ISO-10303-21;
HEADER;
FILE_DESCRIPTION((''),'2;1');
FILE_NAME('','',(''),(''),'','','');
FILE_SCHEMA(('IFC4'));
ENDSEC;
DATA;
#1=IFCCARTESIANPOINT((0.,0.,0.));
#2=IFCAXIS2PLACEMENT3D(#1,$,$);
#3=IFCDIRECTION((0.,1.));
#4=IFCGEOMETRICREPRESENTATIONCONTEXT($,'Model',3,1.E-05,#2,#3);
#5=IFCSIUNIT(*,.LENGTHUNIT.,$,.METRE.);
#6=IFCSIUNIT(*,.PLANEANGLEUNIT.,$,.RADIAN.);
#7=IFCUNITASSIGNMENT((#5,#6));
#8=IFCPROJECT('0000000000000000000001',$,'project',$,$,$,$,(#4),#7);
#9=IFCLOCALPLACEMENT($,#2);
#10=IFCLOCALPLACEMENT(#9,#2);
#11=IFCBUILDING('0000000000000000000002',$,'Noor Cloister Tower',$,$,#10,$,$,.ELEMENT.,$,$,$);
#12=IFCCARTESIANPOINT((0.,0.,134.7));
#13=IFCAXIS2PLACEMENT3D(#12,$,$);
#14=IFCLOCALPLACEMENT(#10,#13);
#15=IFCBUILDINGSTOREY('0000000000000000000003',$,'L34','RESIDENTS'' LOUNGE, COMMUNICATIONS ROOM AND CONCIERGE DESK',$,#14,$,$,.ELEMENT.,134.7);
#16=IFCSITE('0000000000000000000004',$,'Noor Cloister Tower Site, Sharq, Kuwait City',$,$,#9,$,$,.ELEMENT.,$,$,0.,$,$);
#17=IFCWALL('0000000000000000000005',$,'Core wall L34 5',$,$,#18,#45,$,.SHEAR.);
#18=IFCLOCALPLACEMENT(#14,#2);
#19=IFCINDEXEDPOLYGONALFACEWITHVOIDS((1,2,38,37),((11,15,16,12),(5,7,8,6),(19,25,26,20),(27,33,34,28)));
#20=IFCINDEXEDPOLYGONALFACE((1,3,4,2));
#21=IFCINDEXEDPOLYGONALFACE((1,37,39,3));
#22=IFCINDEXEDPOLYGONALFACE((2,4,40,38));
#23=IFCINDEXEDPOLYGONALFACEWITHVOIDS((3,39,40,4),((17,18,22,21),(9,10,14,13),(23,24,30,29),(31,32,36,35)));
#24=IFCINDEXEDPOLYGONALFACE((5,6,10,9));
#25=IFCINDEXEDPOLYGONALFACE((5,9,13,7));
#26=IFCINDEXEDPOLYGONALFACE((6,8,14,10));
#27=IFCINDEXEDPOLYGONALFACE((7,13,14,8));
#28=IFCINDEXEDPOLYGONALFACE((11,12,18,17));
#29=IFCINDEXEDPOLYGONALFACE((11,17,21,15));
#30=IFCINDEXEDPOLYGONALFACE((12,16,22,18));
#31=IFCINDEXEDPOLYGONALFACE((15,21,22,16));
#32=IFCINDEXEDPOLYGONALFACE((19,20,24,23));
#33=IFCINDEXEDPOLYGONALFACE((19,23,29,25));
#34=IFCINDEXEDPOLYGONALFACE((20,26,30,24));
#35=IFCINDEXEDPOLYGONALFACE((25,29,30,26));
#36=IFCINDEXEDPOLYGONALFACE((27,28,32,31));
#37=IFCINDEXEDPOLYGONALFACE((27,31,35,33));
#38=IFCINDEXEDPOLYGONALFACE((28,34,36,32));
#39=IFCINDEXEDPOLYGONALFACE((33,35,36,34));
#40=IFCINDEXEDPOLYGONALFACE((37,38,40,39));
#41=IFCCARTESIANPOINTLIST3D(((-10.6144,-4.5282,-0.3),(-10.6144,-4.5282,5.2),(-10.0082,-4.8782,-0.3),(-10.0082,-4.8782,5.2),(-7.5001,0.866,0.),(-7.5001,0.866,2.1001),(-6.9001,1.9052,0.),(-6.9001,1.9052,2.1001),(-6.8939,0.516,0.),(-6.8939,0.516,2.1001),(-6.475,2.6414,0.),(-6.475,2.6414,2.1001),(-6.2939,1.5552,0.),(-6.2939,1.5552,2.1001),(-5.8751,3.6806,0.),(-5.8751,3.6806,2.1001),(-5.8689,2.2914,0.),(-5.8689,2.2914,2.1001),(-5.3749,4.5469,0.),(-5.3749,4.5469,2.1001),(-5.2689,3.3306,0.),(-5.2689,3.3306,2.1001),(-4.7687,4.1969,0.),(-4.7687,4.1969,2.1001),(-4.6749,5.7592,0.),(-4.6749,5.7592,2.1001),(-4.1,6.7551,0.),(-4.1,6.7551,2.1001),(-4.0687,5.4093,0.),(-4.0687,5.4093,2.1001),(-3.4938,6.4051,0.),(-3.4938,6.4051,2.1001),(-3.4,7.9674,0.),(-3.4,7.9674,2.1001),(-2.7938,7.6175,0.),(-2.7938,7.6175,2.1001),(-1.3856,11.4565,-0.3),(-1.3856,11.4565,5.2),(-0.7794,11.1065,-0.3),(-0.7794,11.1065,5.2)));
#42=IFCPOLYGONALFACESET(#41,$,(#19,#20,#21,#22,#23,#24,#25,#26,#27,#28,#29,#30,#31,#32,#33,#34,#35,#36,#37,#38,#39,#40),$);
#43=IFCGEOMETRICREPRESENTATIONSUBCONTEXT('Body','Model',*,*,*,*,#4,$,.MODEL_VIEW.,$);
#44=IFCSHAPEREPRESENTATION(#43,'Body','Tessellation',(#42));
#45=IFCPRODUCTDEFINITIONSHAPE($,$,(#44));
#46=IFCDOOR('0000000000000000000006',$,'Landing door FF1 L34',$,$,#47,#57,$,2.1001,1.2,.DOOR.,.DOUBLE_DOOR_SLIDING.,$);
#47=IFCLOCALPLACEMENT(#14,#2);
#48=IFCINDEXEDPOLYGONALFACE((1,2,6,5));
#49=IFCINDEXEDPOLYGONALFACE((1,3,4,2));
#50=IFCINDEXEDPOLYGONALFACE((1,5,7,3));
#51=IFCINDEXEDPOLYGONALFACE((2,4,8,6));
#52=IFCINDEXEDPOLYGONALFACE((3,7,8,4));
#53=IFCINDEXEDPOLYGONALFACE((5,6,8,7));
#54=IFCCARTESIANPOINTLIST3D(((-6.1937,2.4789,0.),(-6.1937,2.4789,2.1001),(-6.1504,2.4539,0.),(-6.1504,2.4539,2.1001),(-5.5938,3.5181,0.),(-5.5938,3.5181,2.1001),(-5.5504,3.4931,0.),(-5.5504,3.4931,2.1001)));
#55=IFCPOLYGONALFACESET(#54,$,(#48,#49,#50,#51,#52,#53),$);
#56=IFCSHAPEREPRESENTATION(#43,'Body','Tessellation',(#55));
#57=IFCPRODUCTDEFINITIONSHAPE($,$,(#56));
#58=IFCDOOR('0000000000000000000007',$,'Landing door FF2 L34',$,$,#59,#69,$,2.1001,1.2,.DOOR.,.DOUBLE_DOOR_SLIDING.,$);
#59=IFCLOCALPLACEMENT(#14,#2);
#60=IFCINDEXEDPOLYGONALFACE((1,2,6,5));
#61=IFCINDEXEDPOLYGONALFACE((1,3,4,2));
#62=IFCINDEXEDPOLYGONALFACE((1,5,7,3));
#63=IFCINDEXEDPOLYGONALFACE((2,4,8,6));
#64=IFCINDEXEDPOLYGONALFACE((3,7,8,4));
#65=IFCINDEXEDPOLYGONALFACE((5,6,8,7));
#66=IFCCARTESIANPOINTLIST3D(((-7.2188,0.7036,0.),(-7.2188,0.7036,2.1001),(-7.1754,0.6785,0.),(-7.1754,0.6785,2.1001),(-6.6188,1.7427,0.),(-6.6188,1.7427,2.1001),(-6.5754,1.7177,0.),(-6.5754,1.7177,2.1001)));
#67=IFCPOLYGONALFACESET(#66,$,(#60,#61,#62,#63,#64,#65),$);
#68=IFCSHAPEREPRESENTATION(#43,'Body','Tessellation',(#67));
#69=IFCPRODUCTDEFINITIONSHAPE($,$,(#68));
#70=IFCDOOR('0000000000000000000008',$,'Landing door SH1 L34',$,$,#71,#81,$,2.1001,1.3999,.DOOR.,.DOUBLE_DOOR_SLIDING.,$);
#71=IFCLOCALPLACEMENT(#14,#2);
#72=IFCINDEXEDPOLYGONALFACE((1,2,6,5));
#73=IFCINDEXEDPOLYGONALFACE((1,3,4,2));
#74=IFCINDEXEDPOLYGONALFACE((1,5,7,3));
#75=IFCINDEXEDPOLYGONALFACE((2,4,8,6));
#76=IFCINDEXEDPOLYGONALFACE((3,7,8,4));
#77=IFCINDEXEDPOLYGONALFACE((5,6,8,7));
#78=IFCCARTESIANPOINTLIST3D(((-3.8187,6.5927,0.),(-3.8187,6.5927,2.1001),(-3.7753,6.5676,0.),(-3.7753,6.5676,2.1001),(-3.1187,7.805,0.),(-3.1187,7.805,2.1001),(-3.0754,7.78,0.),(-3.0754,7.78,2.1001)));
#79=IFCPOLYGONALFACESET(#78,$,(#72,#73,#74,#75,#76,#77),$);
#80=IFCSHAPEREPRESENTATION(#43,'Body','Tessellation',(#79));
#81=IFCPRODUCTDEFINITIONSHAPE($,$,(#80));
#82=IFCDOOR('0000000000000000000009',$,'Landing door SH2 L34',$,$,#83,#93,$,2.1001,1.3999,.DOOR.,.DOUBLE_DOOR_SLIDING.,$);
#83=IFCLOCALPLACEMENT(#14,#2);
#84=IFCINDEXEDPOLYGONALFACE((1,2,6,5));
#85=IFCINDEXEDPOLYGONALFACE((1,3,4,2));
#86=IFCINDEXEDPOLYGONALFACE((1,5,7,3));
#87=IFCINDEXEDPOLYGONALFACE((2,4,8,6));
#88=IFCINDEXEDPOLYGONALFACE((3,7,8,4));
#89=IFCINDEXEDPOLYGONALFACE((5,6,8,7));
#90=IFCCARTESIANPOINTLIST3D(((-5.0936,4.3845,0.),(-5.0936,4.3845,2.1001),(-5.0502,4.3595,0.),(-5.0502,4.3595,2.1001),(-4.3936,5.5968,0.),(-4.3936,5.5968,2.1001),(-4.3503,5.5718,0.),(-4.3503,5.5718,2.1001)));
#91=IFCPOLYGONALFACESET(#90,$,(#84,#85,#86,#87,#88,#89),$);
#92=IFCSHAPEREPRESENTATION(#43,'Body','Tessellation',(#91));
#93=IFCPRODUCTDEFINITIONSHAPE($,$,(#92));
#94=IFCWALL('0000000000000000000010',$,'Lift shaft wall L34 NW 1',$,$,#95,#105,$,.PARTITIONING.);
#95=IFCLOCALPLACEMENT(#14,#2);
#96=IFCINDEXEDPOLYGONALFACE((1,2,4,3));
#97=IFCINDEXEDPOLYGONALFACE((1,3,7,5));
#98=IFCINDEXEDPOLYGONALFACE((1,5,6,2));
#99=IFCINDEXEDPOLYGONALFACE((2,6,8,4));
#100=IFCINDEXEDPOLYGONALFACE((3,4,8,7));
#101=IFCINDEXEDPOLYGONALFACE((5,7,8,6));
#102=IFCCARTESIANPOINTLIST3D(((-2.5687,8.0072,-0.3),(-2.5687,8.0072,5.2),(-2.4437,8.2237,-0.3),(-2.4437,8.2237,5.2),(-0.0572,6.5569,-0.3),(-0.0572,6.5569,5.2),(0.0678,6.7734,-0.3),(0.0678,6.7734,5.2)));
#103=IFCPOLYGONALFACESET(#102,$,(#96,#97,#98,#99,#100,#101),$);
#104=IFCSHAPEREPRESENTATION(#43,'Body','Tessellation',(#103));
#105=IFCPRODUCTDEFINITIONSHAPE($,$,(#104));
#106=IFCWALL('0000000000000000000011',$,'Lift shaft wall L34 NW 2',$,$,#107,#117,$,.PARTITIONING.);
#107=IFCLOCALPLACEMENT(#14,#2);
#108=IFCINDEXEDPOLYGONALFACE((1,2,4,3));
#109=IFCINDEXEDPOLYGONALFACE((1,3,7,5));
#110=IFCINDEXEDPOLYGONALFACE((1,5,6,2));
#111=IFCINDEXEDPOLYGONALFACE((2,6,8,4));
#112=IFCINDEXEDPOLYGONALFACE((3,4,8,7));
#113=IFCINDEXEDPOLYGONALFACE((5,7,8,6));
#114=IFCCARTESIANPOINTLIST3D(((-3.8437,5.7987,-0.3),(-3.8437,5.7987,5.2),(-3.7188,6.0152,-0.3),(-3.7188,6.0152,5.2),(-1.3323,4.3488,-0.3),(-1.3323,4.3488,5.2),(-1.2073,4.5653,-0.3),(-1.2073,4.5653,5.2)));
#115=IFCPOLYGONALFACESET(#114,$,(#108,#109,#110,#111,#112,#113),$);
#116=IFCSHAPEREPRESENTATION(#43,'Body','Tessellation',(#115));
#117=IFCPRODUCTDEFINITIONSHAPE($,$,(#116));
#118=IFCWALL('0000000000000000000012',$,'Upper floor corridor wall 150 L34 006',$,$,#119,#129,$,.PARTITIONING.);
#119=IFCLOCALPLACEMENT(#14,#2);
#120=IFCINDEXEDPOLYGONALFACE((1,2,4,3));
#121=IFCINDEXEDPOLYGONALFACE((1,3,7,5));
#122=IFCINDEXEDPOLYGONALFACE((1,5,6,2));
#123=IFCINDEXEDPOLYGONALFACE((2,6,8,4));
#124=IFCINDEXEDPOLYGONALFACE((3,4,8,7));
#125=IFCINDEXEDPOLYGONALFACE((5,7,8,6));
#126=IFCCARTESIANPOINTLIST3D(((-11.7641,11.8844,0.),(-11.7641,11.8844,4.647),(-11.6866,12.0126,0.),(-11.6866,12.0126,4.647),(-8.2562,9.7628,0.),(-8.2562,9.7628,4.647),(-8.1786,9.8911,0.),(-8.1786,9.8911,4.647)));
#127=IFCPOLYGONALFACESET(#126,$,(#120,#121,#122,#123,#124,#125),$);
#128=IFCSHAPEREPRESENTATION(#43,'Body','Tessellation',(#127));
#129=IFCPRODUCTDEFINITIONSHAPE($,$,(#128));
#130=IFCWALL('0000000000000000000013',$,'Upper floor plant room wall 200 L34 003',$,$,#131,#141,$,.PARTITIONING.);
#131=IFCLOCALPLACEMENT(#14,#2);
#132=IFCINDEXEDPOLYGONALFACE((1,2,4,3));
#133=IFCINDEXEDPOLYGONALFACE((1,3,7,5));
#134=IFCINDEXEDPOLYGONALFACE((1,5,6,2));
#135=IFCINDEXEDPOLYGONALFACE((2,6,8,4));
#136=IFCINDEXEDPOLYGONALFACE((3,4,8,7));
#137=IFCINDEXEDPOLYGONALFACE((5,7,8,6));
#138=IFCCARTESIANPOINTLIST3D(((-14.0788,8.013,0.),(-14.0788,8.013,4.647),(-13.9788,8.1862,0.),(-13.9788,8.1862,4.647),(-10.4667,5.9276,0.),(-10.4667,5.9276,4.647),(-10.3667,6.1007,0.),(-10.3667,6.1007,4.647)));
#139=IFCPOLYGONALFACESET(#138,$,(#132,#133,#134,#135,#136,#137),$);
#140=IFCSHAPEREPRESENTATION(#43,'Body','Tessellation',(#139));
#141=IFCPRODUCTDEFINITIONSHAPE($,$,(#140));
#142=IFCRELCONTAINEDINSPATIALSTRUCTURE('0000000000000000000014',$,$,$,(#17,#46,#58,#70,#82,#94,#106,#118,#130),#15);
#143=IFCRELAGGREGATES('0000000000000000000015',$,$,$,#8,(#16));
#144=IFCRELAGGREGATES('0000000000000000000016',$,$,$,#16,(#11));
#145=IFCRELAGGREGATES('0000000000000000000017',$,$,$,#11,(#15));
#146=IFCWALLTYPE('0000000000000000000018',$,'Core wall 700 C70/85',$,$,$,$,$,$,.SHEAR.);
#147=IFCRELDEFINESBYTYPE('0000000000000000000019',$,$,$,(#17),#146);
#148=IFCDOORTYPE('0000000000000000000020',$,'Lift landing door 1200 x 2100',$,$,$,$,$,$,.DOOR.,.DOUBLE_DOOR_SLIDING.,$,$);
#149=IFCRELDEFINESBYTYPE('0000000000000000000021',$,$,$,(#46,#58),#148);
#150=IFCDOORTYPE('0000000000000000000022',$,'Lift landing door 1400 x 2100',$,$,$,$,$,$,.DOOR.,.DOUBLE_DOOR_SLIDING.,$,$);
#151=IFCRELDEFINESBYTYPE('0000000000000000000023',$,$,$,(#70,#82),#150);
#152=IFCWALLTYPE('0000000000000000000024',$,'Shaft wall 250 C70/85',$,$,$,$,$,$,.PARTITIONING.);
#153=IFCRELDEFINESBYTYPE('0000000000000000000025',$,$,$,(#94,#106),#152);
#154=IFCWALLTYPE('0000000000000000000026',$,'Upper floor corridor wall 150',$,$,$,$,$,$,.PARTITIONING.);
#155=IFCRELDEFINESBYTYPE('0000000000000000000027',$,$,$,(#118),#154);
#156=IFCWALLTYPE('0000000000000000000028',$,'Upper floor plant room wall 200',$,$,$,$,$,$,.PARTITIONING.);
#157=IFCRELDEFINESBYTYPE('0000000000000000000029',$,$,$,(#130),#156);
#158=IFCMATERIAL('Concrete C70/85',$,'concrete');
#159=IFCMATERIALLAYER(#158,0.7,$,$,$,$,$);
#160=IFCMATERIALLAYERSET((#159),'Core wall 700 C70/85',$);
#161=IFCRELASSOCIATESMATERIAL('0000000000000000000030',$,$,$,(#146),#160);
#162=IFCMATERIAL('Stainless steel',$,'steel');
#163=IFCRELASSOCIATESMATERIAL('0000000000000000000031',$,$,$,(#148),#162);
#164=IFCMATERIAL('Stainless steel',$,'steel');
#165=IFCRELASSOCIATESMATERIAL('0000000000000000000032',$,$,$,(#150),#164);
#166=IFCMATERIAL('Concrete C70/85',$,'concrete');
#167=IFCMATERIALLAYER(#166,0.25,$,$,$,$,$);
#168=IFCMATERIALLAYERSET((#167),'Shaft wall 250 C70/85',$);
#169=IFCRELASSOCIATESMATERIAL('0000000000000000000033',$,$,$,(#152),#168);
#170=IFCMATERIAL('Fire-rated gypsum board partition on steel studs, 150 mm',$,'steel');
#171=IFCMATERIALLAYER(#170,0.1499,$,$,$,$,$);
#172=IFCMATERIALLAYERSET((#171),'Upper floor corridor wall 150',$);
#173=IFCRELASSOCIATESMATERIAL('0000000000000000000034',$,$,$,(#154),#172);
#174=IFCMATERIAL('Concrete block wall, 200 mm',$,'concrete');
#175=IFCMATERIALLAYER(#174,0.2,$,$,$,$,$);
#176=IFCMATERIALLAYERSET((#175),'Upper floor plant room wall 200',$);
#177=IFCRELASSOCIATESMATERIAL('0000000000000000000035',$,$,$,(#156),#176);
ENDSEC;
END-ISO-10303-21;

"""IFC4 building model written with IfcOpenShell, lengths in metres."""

from ifc_helpers import new_model, si_unit, direction, frame, frame_2d, origin, place, context, subcontext, project, spatial, rectangle, extrude, material, layer, layer_set, type_object, element, fill, save


model = new_model("IFC4")

# Units and contexts
model_context = context("Model", 3, precision=1e-05, world=origin(), true_north=direction((0.0, 1.0)))
body_context = subcontext(model_context, "Body", "Model", "MODEL_VIEW")
ifc_project = project(units=[si_unit("LENGTHUNIT", "METRE"), si_unit("PLANEANGLEUNIT", "RADIAN")], contexts=[model_context])

# Site, building, storey
site_placement = place(None, origin())
site = spatial("IfcSite", under=ifc_project, at=site_placement, Name="Noor Cloister Tower Site, Sharq, Kuwait City", CompositionType="ELEMENT", RefElevation=0.0)
building_placement = place(site_placement, origin())
building = spatial("IfcBuilding", under=site, at=building_placement, Name="Noor Cloister Tower", CompositionType="ELEMENT")
storey_placement = place(building_placement, frame((0.0, 0.0, 134.7)))
storey = spatial("IfcBuildingStorey", under=building, at=storey_placement, Name="L34", Description="RESIDENTS' LOUNGE, COMMUNICATIONS ROOM AND CONCIERGE DESK", CompositionType="ELEMENT", Elevation=134.7)

# Wall, openings, doors
ifc_material_1 = material(Name="Concrete C70/85", Category="concrete")
ifc_layer_1 = layer(ifc_material_1, 0.7)
ifc_layer_set_1 = layer_set([ifc_layer_1], Name="Core wall 700 C70/85")
wall_type_1 = type_object("IfcWallType", Name="Core wall 700 C70/85", PredefinedType="SHEAR", material=ifc_layer_set_1)
wall_1_placement = place(storey_placement, frame((-1.0825, 11.2815, -0.3), z_axis=(0.0, 0.0, 1.0), x_axis=(-0.500001, -0.866025, 0.0)))
wall_1 = element("IfcWall", 1, at=wall_1_placement, inside=storey, type_object=wall_type_1, Name="Core wall L34 5", PredefinedType="SHEAR", context=body_context, shape_type="SweptSolid", body=[
    extrude(rectangle(XDim=18.4575, YDim=0.7, at=frame_2d((9.2288, 0.0))), origin(), (0.0, 0.0, 1.0), 5.5),
])
opening_1_placement = place(wall_1_placement, frame((4.0288, 0.0, 0.3)))
opening_1 = element("IfcOpeningElement", 2, at=opening_1_placement, cuts=wall_1, PredefinedType="OPENING", context=body_context, shape_type="SweptSolid", body=[
    extrude(rectangle(XDim=1.3999, YDim=2.1001, at=frame_2d((0.7, 1.05))), frame((0.0, 0.3599, 0.0), z_axis=(0.0, -1.0, 0.0), x_axis=(1.0, 0.0, 0.0)), (0.0, 0.0, 1.0), 0.72),
])
opening_2_placement = place(wall_1_placement, frame((6.5786, 0.0, 0.3)))
opening_2 = element("IfcOpeningElement", 3, at=opening_2_placement, cuts=wall_1, PredefinedType="OPENING", context=body_context, shape_type="SweptSolid", body=[
    extrude(rectangle(XDim=1.3999, YDim=2.1001, at=frame_2d((0.7, 1.05))), frame((0.0, 0.3599, 0.0), z_axis=(0.0, -1.0, 0.0), x_axis=(1.0, 0.0, 0.0)), (0.0, 0.0, 1.0), 0.72),
])
opening_3_placement = place(wall_1_placement, frame((8.9788, 0.0, 0.3)))
opening_3 = element("IfcOpeningElement", 4, at=opening_3_placement, cuts=wall_1, PredefinedType="OPENING", context=body_context, shape_type="SweptSolid", body=[
    extrude(rectangle(XDim=1.2, YDim=2.1001, at=frame_2d((0.6001, 1.05))), frame((0.0, 0.3599, 0.0), z_axis=(0.0, -1.0, 0.0), x_axis=(1.0, 0.0, 0.0)), (0.0, 0.0, 1.0), 0.72),
])
opening_4_placement = place(wall_1_placement, frame((11.0288, 0.0, 0.3)))
opening_4 = element("IfcOpeningElement", 5, at=opening_4_placement, cuts=wall_1, PredefinedType="OPENING", context=body_context, shape_type="SweptSolid", body=[
    extrude(rectangle(XDim=1.2, YDim=2.1001, at=frame_2d((0.6001, 1.05))), frame((0.0, 0.3599, 0.0), z_axis=(0.0, -1.0, 0.0), x_axis=(1.0, 0.0, 0.0)), (0.0, 0.0, 1.0), 0.72),
])
ifc_material_2 = material(Name="Stainless steel", Category="steel")
door_type_1 = type_object("IfcDoorType", Name="Lift landing door 1200 x 2100", OperationType="DOUBLE_DOOR_SLIDING", PredefinedType="DOOR", material=ifc_material_2)
door_1_placement = place(opening_3_placement, origin())
door_1 = element("IfcDoor", 6, at=door_1_placement, inside=storey, type_object=door_type_1, Name="Landing door FF1 L34", OperationType="DOUBLE_DOOR_SLIDING", OverallHeight=2.1001, OverallWidth=1.2, PredefinedType="DOOR", context=body_context, shape_type="SweptSolid", body=[
    extrude(rectangle(XDim=1.2, YDim=2.1001, at=frame_2d((0.6001, 1.05))), frame((0.0, 0.0249, 0.0), z_axis=(0.0, -1.0, 0.0), x_axis=(1.0, 0.0, 0.0)), (0.0, 0.0, 1.0), 0.05),
])
fill(opening_3, door_1)
door_2_placement = place(opening_4_placement, origin())
door_2 = element("IfcDoor", 7, at=door_2_placement, inside=storey, type_object=door_type_1, Name="Landing door FF2 L34", OperationType="DOUBLE_DOOR_SLIDING", OverallHeight=2.1001, OverallWidth=1.2, PredefinedType="DOOR", context=body_context, shape_type="SweptSolid", body=[
    extrude(rectangle(XDim=1.2, YDim=2.1001, at=frame_2d((0.6001, 1.05))), frame((0.0, 0.0249, 0.0), z_axis=(0.0, -1.0, 0.0), x_axis=(1.0, 0.0, 0.0)), (0.0, 0.0, 1.0), 0.05),
])
fill(opening_4, door_2)
ifc_material_3 = material(Name="Stainless steel", Category="steel")
door_type_2 = type_object("IfcDoorType", Name="Lift landing door 1400 x 2100", OperationType="DOUBLE_DOOR_SLIDING", PredefinedType="DOOR", material=ifc_material_3)
door_3_placement = place(opening_1_placement, origin())
door_3 = element("IfcDoor", 8, at=door_3_placement, inside=storey, type_object=door_type_2, Name="Landing door SH1 L34", OperationType="DOUBLE_DOOR_SLIDING", OverallHeight=2.1001, OverallWidth=1.3999, PredefinedType="DOOR", context=body_context, shape_type="SweptSolid", body=[
    extrude(rectangle(XDim=1.3999, YDim=2.1001, at=frame_2d((0.7, 1.05))), frame((0.0, 0.0249, 0.0), z_axis=(0.0, -1.0, 0.0), x_axis=(1.0, 0.0, 0.0)), (0.0, 0.0, 1.0), 0.05),
])
fill(opening_1, door_3)
door_4_placement = place(opening_2_placement, origin())
door_4 = element("IfcDoor", 9, at=door_4_placement, inside=storey, type_object=door_type_2, Name="Landing door SH2 L34", OperationType="DOUBLE_DOOR_SLIDING", OverallHeight=2.1001, OverallWidth=1.3999, PredefinedType="DOOR", context=body_context, shape_type="SweptSolid", body=[
    extrude(rectangle(XDim=1.3999, YDim=2.1001, at=frame_2d((0.7, 1.05))), frame((0.0, 0.0249, 0.0), z_axis=(0.0, -1.0, 0.0), x_axis=(1.0, 0.0, 0.0)), (0.0, 0.0, 1.0), 0.05),
])
fill(opening_2, door_4)

# Walls
ifc_material_4 = material(Name="Concrete C70/85", Category="concrete")
ifc_layer_2 = layer(ifc_material_4, 0.25)
ifc_layer_set_2 = layer_set([ifc_layer_2], Name="Shaft wall 250 C70/85")
wall_type_2 = type_object("IfcWallType", Name="Shaft wall 250 C70/85", PredefinedType="PARTITIONING", material=ifc_layer_set_2)
wall_2_placement = place(storey_placement, frame((-2.5063, 8.1155, -0.3), z_axis=(0.0, 0.0, 1.0), x_axis=(0.865996, -0.50005, 0.0)))
element("IfcWall", 10, at=wall_2_placement, inside=storey, type_object=wall_type_2, Name="Lift shaft wall L34 NW 1", PredefinedType="PARTITIONING", context=body_context, shape_type="SweptSolid", body=[
    extrude(rectangle(XDim=2.9001, YDim=0.25, at=frame_2d((1.4502, 0.0))), origin(), (0.0, 0.0, 1.0), 5.5),
])
wall_3_placement = place(storey_placement, frame((-3.7812, 5.907, -0.3), z_axis=(0.0, 0.0, 1.0), x_axis=(0.866033, -0.499987, 0.0)))
element("IfcWall", 11, at=wall_3_placement, inside=storey, type_object=wall_type_2, Name="Lift shaft wall L34 NW 2", PredefinedType="PARTITIONING", context=body_context, shape_type="SweptSolid", body=[
    extrude(rectangle(XDim=2.8999, YDim=0.25, at=frame_2d((1.45, 0.0))), origin(), (0.0, 0.0, 1.0), 5.5),
])
ifc_material_5 = material(Name="Fire-rated gypsum board partition on steel studs, 150 mm", Category="steel")
ifc_layer_3 = layer(ifc_material_5, 0.1499)
ifc_layer_set_3 = layer_set([ifc_layer_3], Name="Upper floor corridor wall 150")
wall_type_3 = type_object("IfcWallType", Name="Upper floor corridor wall 150", PredefinedType="PARTITIONING", material=ifc_layer_set_3)
wall_4_placement = place(storey_placement, frame((-11.7253, 11.9485, 0.0), z_axis=(0.0, 0.0, 1.0), x_axis=(0.855685, -0.517496, 0.0)))
element("IfcWall", 12, at=wall_4_placement, inside=storey, type_object=wall_type_3, Name="Upper floor corridor wall 150 L34 006", PredefinedType="PARTITIONING", context=body_context, shape_type="SweptSolid", body=[
    extrude(rectangle(XDim=4.0996, YDim=0.1499, at=frame_2d((2.0498, 0.0))), origin(), (0.0, 0.0, 1.0), 4.647),
])
ifc_material_6 = material(Name="Concrete block wall, 200 mm", Category="concrete")
ifc_layer_4 = layer(ifc_material_6, 0.2)
ifc_layer_set_4 = layer_set([ifc_layer_4], Name="Upper floor plant room wall 200")
wall_type_4 = type_object("IfcWallType", Name="Upper floor plant room wall 200", PredefinedType="PARTITIONING", material=ifc_layer_set_4)
wall_5_placement = place(storey_placement, frame((-14.0288, 8.0996, 0.0), z_axis=(0.0, 0.0, 1.0), x_axis=(0.866023, -0.500005, 0.0)))
element("IfcWall", 13, at=wall_5_placement, inside=storey, type_object=wall_type_4, Name="Upper floor plant room wall 200 L34 003", PredefinedType="PARTITIONING", context=body_context, shape_type="SweptSolid", body=[
    extrude(rectangle(XDim=4.1709, YDim=0.2, at=frame_2d((2.0854, 0.0))), origin(), (0.0, 0.0, 1.0), 4.647),
])

save(model, "model.ifc")
